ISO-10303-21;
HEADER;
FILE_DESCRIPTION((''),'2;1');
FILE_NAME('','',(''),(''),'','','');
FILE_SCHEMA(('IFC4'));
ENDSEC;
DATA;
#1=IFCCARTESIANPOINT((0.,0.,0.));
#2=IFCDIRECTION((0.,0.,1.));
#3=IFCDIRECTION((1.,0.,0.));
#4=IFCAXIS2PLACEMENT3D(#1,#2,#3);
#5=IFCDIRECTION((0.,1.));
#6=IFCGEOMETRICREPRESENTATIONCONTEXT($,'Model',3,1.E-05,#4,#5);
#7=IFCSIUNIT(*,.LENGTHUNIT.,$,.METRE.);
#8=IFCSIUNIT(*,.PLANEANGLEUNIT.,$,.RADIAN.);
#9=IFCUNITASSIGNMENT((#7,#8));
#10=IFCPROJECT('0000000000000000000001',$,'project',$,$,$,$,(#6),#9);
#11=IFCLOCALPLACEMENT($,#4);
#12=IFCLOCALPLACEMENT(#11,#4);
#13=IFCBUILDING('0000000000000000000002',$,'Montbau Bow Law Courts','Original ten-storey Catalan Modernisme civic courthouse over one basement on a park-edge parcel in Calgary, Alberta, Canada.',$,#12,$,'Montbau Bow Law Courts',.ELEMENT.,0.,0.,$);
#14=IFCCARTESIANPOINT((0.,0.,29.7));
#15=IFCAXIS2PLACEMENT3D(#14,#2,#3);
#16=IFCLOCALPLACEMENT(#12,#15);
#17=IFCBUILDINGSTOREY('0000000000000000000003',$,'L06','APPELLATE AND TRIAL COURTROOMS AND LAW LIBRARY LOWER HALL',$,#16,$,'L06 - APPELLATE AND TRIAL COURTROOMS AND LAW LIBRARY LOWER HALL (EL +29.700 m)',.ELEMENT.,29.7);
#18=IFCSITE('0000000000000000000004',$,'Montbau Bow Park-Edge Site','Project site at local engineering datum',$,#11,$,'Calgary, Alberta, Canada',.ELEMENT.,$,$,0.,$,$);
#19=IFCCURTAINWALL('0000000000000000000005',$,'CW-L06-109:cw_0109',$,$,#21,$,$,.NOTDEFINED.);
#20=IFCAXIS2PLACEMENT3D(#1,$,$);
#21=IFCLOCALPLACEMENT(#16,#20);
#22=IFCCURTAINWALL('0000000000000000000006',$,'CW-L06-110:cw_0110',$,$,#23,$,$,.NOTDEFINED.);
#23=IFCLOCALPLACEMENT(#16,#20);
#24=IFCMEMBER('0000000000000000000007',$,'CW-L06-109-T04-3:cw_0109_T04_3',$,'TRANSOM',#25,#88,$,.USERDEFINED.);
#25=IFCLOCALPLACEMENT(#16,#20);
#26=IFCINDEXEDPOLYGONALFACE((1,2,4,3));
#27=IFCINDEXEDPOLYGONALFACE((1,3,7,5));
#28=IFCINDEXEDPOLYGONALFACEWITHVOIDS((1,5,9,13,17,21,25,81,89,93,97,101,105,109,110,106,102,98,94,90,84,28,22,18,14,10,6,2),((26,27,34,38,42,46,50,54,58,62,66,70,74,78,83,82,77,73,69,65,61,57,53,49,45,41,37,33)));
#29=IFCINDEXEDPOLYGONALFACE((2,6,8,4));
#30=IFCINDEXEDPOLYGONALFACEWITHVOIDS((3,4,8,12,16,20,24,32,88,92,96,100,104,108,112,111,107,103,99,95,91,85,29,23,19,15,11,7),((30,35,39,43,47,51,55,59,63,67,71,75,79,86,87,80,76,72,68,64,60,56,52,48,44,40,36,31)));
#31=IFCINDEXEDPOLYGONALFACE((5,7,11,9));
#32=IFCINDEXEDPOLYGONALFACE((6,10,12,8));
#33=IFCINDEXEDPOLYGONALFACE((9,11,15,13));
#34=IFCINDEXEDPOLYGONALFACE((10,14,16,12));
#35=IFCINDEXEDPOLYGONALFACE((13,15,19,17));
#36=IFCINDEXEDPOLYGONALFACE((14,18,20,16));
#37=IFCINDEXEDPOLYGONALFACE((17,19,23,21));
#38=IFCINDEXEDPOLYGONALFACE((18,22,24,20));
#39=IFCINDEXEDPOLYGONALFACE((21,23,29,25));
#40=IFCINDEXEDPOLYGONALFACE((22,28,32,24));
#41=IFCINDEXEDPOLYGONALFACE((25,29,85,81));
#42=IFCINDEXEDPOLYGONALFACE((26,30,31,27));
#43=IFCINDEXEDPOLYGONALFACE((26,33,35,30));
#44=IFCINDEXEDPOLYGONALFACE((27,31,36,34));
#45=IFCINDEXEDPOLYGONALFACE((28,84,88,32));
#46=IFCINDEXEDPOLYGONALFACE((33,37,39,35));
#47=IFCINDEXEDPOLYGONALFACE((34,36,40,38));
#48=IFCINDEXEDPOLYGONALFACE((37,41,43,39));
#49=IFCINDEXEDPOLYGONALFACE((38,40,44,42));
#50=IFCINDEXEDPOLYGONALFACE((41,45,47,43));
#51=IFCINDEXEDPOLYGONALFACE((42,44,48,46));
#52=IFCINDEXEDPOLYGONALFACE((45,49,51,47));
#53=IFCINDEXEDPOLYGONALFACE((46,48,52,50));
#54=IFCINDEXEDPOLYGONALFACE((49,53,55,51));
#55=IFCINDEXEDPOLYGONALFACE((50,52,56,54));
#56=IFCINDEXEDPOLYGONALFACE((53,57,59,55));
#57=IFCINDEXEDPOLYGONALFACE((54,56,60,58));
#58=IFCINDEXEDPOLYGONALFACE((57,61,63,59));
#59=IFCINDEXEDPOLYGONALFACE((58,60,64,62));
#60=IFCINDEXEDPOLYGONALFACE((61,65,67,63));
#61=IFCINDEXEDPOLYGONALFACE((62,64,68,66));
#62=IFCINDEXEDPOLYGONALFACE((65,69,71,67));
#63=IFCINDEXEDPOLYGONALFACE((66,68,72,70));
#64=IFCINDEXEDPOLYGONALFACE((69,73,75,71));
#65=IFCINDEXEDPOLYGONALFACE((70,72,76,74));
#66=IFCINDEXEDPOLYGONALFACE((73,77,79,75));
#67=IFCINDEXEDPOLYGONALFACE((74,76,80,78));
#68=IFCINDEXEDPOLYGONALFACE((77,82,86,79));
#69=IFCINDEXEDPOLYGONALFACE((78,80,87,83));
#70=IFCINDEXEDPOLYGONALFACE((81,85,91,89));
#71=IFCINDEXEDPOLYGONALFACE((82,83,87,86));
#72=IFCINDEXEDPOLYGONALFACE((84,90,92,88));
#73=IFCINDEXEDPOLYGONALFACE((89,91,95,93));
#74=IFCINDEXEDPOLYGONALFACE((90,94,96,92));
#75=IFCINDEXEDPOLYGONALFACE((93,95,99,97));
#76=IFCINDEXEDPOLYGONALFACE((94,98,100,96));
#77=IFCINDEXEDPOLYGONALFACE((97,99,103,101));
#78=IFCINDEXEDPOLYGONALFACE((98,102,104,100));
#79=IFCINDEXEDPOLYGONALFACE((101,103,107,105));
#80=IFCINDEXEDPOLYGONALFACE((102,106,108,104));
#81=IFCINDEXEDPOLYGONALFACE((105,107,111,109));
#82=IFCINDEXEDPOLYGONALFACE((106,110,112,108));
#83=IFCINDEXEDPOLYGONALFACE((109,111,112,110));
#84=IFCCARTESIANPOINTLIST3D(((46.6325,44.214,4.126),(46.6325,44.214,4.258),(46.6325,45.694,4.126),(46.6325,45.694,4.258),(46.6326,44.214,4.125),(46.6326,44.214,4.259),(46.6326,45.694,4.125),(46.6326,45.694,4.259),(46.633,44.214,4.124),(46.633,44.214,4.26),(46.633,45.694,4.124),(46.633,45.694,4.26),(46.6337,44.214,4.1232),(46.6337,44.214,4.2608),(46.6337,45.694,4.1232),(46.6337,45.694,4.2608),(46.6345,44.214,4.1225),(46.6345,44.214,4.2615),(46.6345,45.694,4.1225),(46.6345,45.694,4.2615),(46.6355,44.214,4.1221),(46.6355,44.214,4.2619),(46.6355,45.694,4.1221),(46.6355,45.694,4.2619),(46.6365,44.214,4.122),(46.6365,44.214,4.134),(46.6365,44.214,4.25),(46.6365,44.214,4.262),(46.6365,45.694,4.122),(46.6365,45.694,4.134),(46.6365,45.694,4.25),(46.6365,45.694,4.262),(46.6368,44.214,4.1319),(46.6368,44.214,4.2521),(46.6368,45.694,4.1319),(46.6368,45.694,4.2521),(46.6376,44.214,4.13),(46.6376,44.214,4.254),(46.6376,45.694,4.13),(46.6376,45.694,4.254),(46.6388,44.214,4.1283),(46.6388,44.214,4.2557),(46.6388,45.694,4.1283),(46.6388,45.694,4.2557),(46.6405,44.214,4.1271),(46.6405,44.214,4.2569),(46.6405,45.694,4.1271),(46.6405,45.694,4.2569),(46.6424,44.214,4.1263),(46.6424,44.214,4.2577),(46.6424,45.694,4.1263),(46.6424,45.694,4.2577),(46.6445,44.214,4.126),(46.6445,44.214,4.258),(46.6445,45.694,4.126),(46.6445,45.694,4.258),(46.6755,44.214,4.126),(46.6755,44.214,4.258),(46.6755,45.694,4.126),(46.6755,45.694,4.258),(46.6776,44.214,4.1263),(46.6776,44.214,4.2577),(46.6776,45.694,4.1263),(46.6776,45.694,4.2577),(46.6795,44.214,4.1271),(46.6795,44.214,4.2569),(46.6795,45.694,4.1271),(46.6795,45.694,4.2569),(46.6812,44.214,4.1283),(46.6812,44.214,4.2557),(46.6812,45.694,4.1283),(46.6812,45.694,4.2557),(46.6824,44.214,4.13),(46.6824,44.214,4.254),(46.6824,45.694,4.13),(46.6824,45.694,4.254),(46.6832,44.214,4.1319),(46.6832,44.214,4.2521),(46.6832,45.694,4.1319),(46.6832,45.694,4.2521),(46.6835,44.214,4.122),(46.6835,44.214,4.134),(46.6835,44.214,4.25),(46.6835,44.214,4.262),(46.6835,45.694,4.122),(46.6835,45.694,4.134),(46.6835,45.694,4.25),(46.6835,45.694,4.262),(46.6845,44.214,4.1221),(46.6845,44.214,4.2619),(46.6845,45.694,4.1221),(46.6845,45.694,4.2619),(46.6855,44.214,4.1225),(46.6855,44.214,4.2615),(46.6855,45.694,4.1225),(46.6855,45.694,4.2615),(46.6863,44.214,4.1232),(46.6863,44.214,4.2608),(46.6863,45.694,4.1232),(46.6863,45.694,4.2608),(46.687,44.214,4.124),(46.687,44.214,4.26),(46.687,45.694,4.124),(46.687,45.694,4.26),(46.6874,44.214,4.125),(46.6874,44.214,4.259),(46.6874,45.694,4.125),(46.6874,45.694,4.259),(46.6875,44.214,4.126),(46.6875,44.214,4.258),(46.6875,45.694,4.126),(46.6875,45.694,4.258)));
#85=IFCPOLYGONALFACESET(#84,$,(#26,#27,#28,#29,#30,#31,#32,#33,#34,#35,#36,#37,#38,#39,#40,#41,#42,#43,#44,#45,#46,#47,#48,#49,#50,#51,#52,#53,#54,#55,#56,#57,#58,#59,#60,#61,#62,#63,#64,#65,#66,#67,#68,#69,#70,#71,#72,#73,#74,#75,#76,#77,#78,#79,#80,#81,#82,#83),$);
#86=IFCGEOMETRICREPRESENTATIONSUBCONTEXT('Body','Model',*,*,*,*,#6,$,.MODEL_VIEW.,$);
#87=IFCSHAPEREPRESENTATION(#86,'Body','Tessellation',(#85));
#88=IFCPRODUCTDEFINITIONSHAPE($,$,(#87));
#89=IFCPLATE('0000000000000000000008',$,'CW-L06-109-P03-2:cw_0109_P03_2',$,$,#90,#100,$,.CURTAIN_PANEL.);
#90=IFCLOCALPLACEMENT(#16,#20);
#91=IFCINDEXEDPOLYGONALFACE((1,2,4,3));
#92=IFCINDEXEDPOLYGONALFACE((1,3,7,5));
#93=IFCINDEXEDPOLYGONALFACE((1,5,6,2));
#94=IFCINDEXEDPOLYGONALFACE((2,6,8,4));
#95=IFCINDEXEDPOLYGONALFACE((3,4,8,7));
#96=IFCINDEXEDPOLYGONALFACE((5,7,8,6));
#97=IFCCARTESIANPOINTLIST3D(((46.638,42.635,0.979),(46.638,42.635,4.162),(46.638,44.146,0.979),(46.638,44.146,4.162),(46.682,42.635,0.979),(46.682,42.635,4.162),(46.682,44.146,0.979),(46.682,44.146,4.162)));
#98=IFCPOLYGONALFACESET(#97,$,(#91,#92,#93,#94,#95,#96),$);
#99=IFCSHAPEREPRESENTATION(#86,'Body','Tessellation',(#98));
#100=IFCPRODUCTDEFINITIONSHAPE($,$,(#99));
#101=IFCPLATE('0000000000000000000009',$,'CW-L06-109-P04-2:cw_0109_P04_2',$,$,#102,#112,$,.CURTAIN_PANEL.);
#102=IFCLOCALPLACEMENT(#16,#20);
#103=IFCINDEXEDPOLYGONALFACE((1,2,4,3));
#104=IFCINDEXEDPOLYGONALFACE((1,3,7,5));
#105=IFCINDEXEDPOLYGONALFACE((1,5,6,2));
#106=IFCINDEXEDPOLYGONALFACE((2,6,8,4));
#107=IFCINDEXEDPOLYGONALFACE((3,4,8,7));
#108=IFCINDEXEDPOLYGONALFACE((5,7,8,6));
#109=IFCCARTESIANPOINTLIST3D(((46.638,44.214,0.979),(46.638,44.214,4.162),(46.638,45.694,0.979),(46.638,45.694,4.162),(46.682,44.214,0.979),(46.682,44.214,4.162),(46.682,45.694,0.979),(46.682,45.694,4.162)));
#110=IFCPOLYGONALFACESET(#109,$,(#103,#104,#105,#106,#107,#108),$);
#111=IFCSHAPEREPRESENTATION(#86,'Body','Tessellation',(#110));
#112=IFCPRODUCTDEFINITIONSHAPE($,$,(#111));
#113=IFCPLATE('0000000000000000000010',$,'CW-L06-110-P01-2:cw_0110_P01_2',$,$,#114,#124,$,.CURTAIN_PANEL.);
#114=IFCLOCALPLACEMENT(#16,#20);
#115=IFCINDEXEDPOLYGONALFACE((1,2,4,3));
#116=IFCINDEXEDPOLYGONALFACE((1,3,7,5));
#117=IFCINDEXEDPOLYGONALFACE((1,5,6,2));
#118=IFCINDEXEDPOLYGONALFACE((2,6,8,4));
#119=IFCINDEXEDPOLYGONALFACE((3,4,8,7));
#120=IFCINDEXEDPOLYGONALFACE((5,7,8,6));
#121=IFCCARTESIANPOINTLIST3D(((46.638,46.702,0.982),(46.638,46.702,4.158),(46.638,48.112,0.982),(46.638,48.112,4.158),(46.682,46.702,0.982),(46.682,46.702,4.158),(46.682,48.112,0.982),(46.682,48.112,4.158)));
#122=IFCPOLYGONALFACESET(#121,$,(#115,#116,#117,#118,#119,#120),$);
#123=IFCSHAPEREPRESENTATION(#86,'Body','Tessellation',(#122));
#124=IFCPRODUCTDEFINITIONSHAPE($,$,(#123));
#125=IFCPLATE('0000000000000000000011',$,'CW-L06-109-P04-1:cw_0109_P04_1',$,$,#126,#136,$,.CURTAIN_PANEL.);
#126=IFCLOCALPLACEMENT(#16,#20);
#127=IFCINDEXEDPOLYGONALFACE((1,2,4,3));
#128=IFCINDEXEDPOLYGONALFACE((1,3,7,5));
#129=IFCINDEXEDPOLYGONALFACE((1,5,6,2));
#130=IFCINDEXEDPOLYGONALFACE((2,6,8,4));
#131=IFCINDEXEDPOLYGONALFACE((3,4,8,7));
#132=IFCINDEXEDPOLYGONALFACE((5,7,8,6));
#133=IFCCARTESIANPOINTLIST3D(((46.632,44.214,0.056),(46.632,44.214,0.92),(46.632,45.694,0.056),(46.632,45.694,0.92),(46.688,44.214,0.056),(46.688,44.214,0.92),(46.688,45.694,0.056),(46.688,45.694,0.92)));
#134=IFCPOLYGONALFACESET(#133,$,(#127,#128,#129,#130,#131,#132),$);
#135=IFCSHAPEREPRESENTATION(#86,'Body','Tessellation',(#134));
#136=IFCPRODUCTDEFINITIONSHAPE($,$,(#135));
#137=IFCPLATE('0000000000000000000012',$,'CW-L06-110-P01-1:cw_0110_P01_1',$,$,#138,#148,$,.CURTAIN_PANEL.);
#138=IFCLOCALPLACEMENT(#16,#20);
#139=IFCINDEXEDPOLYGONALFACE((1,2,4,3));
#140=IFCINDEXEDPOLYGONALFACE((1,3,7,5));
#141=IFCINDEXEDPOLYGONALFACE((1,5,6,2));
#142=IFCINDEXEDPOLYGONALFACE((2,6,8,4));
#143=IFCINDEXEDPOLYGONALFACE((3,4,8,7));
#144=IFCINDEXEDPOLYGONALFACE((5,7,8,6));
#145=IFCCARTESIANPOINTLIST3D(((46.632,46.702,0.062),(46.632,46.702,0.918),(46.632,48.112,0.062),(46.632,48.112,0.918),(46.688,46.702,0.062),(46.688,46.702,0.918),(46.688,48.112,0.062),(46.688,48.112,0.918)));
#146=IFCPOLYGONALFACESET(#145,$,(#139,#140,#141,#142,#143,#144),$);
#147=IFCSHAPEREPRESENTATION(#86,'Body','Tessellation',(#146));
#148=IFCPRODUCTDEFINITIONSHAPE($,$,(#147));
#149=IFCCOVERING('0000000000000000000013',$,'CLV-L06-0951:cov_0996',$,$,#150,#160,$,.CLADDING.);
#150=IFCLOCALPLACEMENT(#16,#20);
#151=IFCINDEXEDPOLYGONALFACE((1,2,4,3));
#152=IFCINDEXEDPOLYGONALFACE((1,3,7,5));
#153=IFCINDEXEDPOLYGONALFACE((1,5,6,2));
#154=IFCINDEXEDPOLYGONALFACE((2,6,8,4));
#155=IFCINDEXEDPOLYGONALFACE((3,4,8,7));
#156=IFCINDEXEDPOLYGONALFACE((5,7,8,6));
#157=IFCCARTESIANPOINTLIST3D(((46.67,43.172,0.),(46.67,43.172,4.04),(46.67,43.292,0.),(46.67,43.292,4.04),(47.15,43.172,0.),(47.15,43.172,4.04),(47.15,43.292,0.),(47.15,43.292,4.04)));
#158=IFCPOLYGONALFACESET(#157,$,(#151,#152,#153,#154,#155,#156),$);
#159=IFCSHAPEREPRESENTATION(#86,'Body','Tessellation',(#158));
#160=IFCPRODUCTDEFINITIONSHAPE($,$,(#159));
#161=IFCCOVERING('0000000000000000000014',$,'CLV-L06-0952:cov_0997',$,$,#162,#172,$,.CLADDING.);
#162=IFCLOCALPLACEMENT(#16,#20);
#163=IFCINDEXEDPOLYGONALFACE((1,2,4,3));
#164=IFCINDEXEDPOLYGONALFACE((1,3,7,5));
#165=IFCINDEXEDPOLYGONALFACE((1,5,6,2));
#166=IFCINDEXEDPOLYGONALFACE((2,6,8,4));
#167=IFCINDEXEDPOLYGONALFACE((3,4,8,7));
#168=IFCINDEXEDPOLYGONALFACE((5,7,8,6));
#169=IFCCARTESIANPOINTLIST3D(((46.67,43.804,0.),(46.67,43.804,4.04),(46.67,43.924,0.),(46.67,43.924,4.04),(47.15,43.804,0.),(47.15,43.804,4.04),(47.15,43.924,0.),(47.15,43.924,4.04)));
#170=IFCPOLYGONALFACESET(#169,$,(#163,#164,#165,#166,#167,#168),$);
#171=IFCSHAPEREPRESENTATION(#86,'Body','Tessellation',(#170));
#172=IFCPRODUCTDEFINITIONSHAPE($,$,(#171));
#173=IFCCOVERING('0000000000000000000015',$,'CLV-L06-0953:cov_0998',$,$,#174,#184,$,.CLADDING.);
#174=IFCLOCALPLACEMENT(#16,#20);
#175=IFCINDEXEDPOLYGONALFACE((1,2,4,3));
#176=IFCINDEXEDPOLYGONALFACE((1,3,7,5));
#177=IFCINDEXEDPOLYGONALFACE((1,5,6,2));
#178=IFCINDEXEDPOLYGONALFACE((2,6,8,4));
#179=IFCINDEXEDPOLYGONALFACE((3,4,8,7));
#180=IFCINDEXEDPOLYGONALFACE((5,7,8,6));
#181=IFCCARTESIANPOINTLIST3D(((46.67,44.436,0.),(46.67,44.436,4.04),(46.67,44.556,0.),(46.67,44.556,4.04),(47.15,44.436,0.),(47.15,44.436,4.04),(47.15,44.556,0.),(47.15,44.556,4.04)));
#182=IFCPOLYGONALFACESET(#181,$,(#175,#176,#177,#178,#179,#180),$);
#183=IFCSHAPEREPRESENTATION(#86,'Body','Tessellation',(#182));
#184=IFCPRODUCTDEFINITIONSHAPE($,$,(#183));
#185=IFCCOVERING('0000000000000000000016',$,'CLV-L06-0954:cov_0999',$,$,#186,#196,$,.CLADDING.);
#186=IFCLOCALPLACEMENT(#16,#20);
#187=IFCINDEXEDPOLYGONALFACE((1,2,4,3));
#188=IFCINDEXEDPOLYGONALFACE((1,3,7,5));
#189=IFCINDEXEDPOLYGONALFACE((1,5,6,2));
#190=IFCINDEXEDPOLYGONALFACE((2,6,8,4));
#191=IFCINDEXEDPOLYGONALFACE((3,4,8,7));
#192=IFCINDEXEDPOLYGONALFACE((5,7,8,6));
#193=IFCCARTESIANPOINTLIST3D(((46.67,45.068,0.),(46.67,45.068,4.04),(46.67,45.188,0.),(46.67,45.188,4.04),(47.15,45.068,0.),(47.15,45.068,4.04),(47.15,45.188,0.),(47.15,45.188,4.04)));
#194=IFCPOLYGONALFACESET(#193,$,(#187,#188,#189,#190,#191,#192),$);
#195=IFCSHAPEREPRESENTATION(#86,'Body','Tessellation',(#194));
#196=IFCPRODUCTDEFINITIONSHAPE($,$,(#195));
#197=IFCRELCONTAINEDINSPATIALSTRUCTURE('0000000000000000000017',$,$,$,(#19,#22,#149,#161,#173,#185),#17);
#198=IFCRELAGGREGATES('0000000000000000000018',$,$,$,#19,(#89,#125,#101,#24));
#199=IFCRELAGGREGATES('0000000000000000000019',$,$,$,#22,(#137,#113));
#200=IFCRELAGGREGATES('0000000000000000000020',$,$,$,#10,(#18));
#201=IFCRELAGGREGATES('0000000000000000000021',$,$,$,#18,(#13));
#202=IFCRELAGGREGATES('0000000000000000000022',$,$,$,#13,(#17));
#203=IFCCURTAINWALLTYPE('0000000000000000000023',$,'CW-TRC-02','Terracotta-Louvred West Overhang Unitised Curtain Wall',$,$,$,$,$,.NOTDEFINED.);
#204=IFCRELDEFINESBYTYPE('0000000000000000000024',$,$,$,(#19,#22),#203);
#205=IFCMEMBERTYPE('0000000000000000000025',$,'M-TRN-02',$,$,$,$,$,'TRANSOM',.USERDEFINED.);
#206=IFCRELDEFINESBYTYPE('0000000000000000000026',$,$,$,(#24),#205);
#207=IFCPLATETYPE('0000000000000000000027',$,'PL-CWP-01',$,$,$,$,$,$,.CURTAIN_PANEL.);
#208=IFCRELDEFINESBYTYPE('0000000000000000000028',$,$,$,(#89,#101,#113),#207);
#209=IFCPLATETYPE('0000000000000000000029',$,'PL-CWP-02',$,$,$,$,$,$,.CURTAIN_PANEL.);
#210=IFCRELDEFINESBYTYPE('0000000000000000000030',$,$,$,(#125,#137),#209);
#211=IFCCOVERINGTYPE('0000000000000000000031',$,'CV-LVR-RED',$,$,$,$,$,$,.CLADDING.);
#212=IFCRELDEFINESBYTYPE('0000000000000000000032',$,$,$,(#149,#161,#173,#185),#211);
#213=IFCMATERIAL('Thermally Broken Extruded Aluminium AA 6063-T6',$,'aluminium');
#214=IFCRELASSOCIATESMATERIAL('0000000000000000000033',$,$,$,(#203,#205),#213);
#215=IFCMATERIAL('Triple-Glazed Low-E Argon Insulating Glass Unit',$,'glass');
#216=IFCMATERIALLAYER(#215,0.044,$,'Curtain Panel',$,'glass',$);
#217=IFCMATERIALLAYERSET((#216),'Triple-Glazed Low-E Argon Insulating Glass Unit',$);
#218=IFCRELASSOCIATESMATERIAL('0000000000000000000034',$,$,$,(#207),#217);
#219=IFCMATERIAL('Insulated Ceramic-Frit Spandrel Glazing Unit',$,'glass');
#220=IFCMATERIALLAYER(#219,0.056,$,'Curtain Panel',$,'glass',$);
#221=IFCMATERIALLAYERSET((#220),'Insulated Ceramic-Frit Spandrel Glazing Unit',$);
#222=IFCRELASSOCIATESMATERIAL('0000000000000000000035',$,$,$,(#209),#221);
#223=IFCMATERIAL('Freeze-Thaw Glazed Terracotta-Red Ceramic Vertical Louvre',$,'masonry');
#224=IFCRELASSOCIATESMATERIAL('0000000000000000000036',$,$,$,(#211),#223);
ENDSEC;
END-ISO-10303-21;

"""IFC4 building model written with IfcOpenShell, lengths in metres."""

from ifc_helpers import new_model, si_unit, direction, frame, frame_2d, origin_with_axes, origin_2d_with_axis, place, context, subcontext, project, spatial, rectangle, hollow_rectangle, extrude, material, layer, layer_set, material_profile, profile_set, type_object, element, aggregate, save


model = new_model("IFC4")

# Units and contexts
model_context = context("Model", 3, precision=1e-05, world=origin_with_axes(), true_north=direction((0.0, 1.0)))
body_context = subcontext(model_context, "Body", "Model", "MODEL_VIEW")
ifc_project = project(units=[si_unit("LENGTHUNIT", "METRE"), si_unit("PLANEANGLEUNIT", "RADIAN")], contexts=[model_context])

# Site, building, storey
site_placement = place(None, origin_with_axes())
site = spatial("IfcSite", under=ifc_project, at=site_placement, Name="Montbau Bow Park-Edge Site", Description="Project site at local engineering datum", LongName="Calgary, Alberta, Canada", CompositionType="ELEMENT", RefElevation=0.0)
building_placement = place(site_placement, origin_with_axes())
building = spatial("IfcBuilding", under=site, at=building_placement, Name="Montbau Bow Law Courts", Description="Original ten-storey Catalan Modernisme civic courthouse over one basement on a park-edge parcel in Calgary, Alberta, Canada.", LongName="Montbau Bow Law Courts", CompositionType="ELEMENT", ElevationOfRefHeight=0.0, ElevationOfTerrain=0.0)
storey_placement = place(building_placement, frame((0.0, 0.0, 29.7), z_axis=(0.0, 0.0, 1.0), x_axis=(1.0, 0.0, 0.0)))
storey = spatial("IfcBuildingStorey", under=building, at=storey_placement, Name="L06", Description="APPELLATE AND TRIAL COURTROOMS AND LAW LIBRARY LOWER HALL", LongName="L06 - APPELLATE AND TRIAL COURTROOMS AND LAW LIBRARY LOWER HALL (EL +29.700 m)", CompositionType="ELEMENT", Elevation=29.7)

# Curtain walls
ifc_material_1 = material(Name="Thermally Broken Extruded Aluminium AA 6063-T6", Category="aluminium")
curtain_wall_type = type_object("IfcCurtainWallType", Name="CW-TRC-02", Description="Terracotta-Louvred West Overhang Unitised Curtain Wall", PredefinedType="NOTDEFINED", material=ifc_material_1)
curtain_wall_1_placement = place(None, frame((46.66, 39.44, 29.7), z_axis=(0.0, 0.0, 1.0), x_axis=(1.0, 0.0, 0.0)))
curtain_wall_1 = element("IfcCurtainWall", 1, at=curtain_wall_1_placement, inside=storey, type_object=curtain_wall_type, Name="CW-L06-109:cw_0109", PredefinedType="NOTDEFINED")
curtain_wall_2_placement = place(None, frame((46.66, 46.64, 29.7), z_axis=(0.0, 0.0, 1.0), x_axis=(1.0, 0.0, 0.0)))
curtain_wall_2 = element("IfcCurtainWall", 2, at=curtain_wall_2_placement, inside=storey, type_object=curtain_wall_type, Name="CW-L06-110:cw_0110", PredefinedType="NOTDEFINED")

# Member
ifc_material_profile_1 = material_profile(ifc_material_1, hollow_rectangle(XDim=0.055, YDim=0.14, WallThickness=0.004, InnerFilletRadius=0.008, OuterFilletRadius=0.004, at=origin_2d_with_axis()), Name="CWT-140X55", Category="Main", Priority=0)
ifc_profile_set_1 = profile_set([ifc_material_profile_1], Name="Thermally Broken Extruded Aluminium AA 6063-T6")
member_type_1 = type_object("IfcMemberType", Name="M-TRN-02", ElementType="TRANSOM", PredefinedType="USERDEFINED", material=ifc_profile_set_1)
member_1_placement = place(None, frame((46.66, 44.214, 33.892), z_axis=(0.0, 1.0, 0.0), x_axis=(-1.0, 0.0, 0.0)))
member_1 = element("IfcMember", 3, at=member_1_placement, type_object=member_type_1, Name="CW-L06-109-T04-3:cw_0109_T04_3", ObjectType="TRANSOM", PredefinedType="USERDEFINED", context=body_context, shape_type="SweptSolid", body=[
    extrude(hollow_rectangle(XDim=0.055, YDim=0.14, WallThickness=0.004, InnerFilletRadius=0.008, OuterFilletRadius=0.004, at=origin_2d_with_axis()), origin_with_axes(), (0.0, 0.0, 1.0), 1.48),
])

# Plates
ifc_material_2 = material(Name="Triple-Glazed Low-E Argon Insulating Glass Unit", Category="glass")
ifc_layer_1 = layer(ifc_material_2, 0.044, Name="Curtain Panel", Category="glass")
ifc_layer_set_1 = layer_set([ifc_layer_1], Name="Triple-Glazed Low-E Argon Insulating Glass Unit")
plate_type_1 = type_object("IfcPlateType", Name="PL-CWP-01", PredefinedType="CURTAIN_PANEL", material=ifc_layer_set_1)
plate_1_placement = place(None, frame((46.66, 42.635, 30.679), z_axis=(1.0, 0.0, 0.0), x_axis=(0.0, 1.0, 0.0)))
plate_1 = element("IfcPlate", 4, at=plate_1_placement, type_object=plate_type_1, Name="CW-L06-109-P03-2:cw_0109_P03_2", PredefinedType="CURTAIN_PANEL", context=body_context, shape_type="SweptSolid", body=[
    extrude(rectangle(XDim=1.511, YDim=3.183, at=frame_2d((0.7555, 1.5915), x_axis=(1.0, 0.0))), frame((0.0, 0.0, -0.022), z_axis=(0.0, 0.0, 1.0), x_axis=(1.0, 0.0, 0.0)), (0.0, 0.0, 1.0), 0.044),
])
plate_2_placement = place(None, frame((46.66, 44.214, 30.679), z_axis=(1.0, 0.0, 0.0), x_axis=(0.0, 1.0, 0.0)))
plate_2 = element("IfcPlate", 5, at=plate_2_placement, type_object=plate_type_1, Name="CW-L06-109-P04-2:cw_0109_P04_2", PredefinedType="CURTAIN_PANEL", context=body_context, shape_type="SweptSolid", body=[
    extrude(rectangle(XDim=1.48, YDim=3.183, at=frame_2d((0.74, 1.5915), x_axis=(1.0, 0.0))), frame((0.0, 0.0, -0.022), z_axis=(0.0, 0.0, 1.0), x_axis=(1.0, 0.0, 0.0)), (0.0, 0.0, 1.0), 0.044),
])
plate_3_placement = place(None, frame((46.66, 46.702, 30.682), z_axis=(1.0, 0.0, 0.0), x_axis=(0.0, 1.0, 0.0)))
plate_3 = element("IfcPlate", 6, at=plate_3_placement, type_object=plate_type_1, Name="CW-L06-110-P01-2:cw_0110_P01_2", PredefinedType="CURTAIN_PANEL", context=body_context, shape_type="SweptSolid", body=[
    extrude(rectangle(XDim=1.41, YDim=3.176, at=frame_2d((0.705, 1.588), x_axis=(1.0, 0.0))), frame((0.0, 0.0, -0.022), z_axis=(0.0, 0.0, 1.0), x_axis=(1.0, 0.0, 0.0)), (0.0, 0.0, 1.0), 0.044),
])
ifc_material_3 = material(Name="Insulated Ceramic-Frit Spandrel Glazing Unit", Category="glass")
ifc_layer_2 = layer(ifc_material_3, 0.056, Name="Curtain Panel", Category="glass")
ifc_layer_set_2 = layer_set([ifc_layer_2], Name="Insulated Ceramic-Frit Spandrel Glazing Unit")
plate_type_2 = type_object("IfcPlateType", Name="PL-CWP-02", PredefinedType="CURTAIN_PANEL", material=ifc_layer_set_2)
plate_4_placement = place(None, frame((46.66, 44.214, 29.756), z_axis=(1.0, 0.0, 0.0), x_axis=(0.0, 1.0, 0.0)))
plate_4 = element("IfcPlate", 7, at=plate_4_placement, type_object=plate_type_2, Name="CW-L06-109-P04-1:cw_0109_P04_1", PredefinedType="CURTAIN_PANEL", context=body_context, shape_type="SweptSolid", body=[
    extrude(rectangle(XDim=1.48, YDim=0.864, at=frame_2d((0.74, 0.432), x_axis=(1.0, 0.0))), frame((0.0, 0.0, -0.028), z_axis=(0.0, 0.0, 1.0), x_axis=(1.0, 0.0, 0.0)), (0.0, 0.0, 1.0), 0.056),
])
aggregate(curtain_wall_1, [plate_1, plate_4, plate_2, member_1])
plate_5_placement = place(None, frame((46.66, 46.702, 29.762), z_axis=(1.0, 0.0, 0.0), x_axis=(0.0, 1.0, 0.0)))
plate_5 = element("IfcPlate", 8, at=plate_5_placement, type_object=plate_type_2, Name="CW-L06-110-P01-1:cw_0110_P01_1", PredefinedType="CURTAIN_PANEL", context=body_context, shape_type="SweptSolid", body=[
    extrude(rectangle(XDim=1.41, YDim=0.856, at=frame_2d((0.705, 0.428), x_axis=(1.0, 0.0))), frame((0.0, 0.0, -0.028), z_axis=(0.0, 0.0, 1.0), x_axis=(1.0, 0.0, 0.0)), (0.0, 0.0, 1.0), 0.056),
])
aggregate(curtain_wall_2, [plate_5, plate_3])

# Coverings
ifc_material_4 = material(Name="Freeze-Thaw Glazed Terracotta-Red Ceramic Vertical Louvre", Category="masonry")
covering_type = type_object("IfcCoveringType", Name="CV-LVR-RED", PredefinedType="CLADDING", material=ifc_material_4)
for number, where, z_axis, x_axis, name in (
    (9, (46.67, 43.232, 29.7), (0.0, -1.0, 0.0), (1.0, 0.0, 0.0), "CLV-L06-0951:cov_0996"),
    (10, (46.67, 43.864, 29.7), (0.0, -1.0, 0.0), (1.0, 0.0, 0.0), "CLV-L06-0952:cov_0997"),
    (11, (46.67, 44.496, 29.7), (0.0, -1.0, 0.0), (1.0, 0.0, 0.0), "CLV-L06-0953:cov_0998"),
    (12, (46.67, 45.128, 29.7), (0.0, -1.0, 0.0), (1.0, 0.0, 0.0), "CLV-L06-0954:cov_0999"),
):
    element("IfcCovering", number, at=place(None, frame(where, z_axis=z_axis, x_axis=x_axis)), inside=storey, type_object=covering_type, Name=name, PredefinedType="CLADDING", context=body_context, shape_type="SweptSolid", body=[
        extrude(rectangle(XDim=0.48, YDim=4.04, at=frame_2d((0.24, 2.02), x_axis=(1.0, 0.0))), frame((0.0, 0.0, -0.06), z_axis=(0.0, 0.0, 1.0), x_axis=(1.0, 0.0, 0.0)), (0.0, 0.0, 1.0), 0.12),
    ])

save(model, "model.ifc")
